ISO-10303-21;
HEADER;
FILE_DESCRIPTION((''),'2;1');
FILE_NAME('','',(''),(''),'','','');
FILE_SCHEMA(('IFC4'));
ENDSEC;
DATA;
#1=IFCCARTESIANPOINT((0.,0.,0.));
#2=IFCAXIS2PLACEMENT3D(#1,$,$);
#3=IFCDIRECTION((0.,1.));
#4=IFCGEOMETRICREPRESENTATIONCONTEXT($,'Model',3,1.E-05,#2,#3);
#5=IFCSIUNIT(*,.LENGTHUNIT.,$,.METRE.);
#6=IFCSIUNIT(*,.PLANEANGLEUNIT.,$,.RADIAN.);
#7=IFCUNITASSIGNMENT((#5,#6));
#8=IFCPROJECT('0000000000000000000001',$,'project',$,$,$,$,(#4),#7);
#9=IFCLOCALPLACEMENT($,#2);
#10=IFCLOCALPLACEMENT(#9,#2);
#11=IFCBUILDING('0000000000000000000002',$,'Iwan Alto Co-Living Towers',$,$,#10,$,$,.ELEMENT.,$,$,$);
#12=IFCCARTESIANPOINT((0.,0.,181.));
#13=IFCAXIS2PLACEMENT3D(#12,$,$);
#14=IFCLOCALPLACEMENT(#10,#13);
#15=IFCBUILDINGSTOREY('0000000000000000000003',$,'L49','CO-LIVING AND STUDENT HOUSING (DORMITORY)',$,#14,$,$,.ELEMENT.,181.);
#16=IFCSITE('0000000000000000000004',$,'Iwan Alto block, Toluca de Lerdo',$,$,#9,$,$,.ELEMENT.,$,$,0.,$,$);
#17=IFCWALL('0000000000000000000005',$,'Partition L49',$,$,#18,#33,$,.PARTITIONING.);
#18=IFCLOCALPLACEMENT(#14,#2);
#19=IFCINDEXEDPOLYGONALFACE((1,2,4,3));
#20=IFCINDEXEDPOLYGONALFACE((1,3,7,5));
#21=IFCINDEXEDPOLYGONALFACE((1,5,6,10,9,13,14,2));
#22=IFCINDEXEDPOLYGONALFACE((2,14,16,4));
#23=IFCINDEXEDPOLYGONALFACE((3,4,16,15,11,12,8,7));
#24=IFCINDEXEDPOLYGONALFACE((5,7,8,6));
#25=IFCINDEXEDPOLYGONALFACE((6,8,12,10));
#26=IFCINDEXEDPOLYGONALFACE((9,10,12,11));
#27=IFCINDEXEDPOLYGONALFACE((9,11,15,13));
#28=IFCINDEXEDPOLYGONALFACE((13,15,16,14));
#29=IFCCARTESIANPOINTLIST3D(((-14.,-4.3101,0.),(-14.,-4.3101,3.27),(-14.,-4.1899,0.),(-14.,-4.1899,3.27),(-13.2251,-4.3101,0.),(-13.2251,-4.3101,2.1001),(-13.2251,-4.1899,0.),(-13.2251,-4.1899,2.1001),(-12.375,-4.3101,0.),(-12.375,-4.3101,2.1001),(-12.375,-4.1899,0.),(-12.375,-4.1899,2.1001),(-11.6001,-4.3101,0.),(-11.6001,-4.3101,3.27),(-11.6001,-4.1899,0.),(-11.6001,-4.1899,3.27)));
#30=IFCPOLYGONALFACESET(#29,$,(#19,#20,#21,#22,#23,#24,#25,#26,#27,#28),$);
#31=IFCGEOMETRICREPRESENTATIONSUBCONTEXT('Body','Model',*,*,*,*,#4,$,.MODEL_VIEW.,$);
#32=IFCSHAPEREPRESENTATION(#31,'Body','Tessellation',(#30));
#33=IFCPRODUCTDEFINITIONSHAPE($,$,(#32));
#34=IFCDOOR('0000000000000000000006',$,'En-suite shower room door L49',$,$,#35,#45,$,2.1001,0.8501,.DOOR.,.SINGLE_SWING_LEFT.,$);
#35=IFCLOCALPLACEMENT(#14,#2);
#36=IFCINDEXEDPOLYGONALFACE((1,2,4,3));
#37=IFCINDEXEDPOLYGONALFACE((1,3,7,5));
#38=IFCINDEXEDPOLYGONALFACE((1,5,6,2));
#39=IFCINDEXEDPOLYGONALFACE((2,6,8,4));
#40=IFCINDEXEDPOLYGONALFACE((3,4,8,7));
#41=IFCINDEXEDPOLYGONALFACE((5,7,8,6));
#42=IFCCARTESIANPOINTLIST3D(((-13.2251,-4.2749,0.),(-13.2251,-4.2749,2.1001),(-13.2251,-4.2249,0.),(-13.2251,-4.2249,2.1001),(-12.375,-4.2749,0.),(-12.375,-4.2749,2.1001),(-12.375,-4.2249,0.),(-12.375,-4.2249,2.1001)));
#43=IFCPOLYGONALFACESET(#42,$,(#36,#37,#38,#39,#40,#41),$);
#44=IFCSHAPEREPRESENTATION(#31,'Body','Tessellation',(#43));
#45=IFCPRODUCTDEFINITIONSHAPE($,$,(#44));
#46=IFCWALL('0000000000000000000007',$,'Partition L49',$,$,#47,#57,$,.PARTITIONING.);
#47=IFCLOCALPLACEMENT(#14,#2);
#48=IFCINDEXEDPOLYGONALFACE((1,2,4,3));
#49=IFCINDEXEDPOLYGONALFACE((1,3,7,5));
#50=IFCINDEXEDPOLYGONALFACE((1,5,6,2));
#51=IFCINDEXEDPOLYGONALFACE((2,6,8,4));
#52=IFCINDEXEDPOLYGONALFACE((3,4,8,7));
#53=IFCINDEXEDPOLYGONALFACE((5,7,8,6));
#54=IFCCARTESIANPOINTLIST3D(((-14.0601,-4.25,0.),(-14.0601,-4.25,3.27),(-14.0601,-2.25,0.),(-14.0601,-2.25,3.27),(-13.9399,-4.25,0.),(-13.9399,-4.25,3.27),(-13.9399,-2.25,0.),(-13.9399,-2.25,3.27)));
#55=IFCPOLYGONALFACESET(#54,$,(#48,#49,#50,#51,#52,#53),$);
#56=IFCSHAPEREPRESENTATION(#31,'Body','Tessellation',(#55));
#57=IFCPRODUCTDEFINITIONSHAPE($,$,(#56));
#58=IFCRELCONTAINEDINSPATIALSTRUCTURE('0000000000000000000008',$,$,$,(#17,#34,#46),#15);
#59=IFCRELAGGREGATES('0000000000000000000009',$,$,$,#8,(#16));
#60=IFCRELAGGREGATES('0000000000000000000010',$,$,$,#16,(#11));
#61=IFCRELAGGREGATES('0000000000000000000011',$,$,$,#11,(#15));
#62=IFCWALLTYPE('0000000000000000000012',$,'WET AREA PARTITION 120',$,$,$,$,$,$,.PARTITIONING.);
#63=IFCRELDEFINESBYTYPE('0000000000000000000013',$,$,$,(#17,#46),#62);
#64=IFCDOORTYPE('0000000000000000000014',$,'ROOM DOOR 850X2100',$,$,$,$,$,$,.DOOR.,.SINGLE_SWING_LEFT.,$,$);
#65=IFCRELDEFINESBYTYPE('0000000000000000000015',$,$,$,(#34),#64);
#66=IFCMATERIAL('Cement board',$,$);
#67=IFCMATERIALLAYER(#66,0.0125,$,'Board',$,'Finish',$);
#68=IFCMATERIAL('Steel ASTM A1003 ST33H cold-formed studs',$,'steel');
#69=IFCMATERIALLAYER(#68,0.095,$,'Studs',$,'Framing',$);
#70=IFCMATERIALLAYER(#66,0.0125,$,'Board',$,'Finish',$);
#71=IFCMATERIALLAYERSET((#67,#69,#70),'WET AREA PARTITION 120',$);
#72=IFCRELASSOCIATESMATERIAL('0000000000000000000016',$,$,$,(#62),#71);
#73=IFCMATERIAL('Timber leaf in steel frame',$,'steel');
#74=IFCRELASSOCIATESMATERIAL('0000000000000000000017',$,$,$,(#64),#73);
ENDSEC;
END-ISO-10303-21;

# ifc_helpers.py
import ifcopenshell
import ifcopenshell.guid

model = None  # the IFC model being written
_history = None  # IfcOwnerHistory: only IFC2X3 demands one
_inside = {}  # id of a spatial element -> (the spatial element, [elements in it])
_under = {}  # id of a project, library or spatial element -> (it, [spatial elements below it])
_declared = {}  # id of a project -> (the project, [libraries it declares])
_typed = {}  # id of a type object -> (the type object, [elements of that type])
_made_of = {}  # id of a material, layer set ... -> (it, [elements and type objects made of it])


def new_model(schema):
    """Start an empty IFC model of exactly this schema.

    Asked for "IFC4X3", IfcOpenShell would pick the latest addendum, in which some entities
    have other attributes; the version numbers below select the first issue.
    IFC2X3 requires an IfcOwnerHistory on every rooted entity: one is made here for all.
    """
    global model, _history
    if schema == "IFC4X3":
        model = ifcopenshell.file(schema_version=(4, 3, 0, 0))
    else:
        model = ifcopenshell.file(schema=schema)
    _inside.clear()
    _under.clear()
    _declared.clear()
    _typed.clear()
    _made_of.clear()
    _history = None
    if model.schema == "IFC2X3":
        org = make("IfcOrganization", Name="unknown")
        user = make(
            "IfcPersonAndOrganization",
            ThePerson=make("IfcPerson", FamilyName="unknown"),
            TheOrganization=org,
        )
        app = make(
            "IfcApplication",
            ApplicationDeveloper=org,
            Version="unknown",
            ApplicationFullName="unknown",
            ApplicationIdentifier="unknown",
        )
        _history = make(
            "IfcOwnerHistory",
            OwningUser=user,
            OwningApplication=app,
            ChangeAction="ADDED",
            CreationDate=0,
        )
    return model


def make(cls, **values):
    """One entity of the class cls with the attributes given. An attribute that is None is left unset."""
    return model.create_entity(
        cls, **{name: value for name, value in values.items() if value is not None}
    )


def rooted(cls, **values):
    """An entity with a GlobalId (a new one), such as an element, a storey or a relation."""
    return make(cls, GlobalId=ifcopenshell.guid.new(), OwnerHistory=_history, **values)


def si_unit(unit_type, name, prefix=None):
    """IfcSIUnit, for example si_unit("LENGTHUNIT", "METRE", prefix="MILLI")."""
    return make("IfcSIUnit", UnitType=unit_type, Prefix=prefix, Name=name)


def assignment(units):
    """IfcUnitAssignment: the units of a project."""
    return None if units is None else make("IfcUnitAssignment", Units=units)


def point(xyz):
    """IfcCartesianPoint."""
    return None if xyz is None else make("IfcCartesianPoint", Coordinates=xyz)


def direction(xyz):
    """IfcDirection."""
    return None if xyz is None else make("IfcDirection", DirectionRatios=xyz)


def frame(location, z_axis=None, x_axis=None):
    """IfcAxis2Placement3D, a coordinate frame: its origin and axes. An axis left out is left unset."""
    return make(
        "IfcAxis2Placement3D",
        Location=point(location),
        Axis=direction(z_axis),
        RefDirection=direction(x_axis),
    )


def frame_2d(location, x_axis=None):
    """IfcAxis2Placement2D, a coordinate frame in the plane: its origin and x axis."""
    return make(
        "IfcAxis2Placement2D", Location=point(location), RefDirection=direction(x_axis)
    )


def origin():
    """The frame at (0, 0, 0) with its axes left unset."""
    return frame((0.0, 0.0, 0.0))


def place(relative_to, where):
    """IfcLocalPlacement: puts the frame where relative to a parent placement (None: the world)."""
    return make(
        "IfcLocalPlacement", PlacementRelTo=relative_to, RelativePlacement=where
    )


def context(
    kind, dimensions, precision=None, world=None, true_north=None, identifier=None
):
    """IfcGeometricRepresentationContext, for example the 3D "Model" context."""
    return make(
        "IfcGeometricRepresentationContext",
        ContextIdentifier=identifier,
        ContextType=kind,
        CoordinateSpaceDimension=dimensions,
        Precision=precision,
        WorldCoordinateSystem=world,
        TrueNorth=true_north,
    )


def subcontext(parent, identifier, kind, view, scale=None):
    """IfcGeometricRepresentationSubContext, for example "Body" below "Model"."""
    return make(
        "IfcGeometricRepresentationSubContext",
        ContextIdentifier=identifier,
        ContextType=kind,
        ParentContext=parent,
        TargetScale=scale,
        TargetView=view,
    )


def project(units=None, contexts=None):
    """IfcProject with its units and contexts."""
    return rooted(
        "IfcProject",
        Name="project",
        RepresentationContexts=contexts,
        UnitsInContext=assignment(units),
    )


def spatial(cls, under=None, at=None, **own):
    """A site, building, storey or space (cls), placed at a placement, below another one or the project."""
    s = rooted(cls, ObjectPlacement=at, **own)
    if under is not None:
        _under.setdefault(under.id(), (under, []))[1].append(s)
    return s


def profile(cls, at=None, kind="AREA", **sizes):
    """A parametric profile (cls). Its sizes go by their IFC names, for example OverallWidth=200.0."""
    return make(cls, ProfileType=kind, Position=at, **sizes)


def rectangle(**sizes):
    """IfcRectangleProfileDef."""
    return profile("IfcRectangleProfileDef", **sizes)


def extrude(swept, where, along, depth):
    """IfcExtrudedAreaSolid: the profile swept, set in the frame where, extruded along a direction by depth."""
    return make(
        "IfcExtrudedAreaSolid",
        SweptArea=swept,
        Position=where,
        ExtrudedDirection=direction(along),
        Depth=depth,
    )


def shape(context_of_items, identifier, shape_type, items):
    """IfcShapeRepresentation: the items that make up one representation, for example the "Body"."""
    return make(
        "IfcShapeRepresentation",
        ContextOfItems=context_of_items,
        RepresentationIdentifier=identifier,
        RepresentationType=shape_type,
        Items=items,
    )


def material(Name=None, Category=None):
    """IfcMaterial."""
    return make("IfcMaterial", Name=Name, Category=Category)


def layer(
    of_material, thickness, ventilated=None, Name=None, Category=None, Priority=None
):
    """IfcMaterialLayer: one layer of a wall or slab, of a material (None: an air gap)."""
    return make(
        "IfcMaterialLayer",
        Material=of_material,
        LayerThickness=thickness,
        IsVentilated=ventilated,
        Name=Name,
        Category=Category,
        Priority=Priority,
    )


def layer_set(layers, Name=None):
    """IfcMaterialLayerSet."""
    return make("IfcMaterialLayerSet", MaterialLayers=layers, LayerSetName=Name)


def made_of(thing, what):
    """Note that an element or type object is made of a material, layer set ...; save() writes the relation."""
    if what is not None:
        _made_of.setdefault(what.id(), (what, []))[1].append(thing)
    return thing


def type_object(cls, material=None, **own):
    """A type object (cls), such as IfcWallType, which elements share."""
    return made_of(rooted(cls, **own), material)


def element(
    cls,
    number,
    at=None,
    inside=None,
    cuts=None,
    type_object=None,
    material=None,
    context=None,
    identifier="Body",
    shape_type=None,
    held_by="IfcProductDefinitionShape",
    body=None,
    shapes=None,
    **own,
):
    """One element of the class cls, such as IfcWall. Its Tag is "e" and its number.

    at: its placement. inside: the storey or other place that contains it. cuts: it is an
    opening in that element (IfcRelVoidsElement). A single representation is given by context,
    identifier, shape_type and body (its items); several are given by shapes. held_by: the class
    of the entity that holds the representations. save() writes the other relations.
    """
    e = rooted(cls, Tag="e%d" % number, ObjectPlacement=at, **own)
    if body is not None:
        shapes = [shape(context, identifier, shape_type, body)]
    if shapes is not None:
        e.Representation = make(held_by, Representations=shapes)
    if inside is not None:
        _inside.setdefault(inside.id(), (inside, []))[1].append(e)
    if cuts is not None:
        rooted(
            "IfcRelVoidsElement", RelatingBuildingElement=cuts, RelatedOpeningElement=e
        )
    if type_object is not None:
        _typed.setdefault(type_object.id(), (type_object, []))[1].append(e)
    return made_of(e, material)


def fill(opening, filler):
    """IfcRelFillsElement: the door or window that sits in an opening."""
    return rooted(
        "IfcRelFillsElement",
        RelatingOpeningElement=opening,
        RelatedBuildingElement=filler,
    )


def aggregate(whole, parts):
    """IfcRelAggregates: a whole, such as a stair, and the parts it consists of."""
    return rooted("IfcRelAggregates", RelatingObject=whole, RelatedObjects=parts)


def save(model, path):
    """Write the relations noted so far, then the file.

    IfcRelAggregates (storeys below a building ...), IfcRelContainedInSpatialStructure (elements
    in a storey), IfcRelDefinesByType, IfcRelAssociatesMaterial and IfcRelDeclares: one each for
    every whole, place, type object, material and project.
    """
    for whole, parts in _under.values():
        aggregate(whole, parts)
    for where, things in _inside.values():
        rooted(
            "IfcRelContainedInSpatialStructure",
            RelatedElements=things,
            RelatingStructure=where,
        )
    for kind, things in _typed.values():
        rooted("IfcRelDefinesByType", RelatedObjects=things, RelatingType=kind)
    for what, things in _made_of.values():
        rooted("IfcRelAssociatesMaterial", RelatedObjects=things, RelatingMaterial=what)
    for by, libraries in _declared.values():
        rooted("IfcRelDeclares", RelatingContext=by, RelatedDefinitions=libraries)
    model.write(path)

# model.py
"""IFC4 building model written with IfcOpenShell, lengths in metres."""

from ifc_helpers import new_model, si_unit, direction, frame, frame_2d, origin, place, context, subcontext, project, spatial, rectangle, extrude, material, layer, layer_set, type_object, element, fill, save


model = new_model("IFC4")

# Units and contexts
model_context = context("Model", 3, precision=1e-05, world=origin(), true_north=direction((0.0, 1.0)))
body_context = subcontext(model_context, "Body", "Model", "MODEL_VIEW")
ifc_project = project(units=[si_unit("LENGTHUNIT", "METRE"), si_unit("PLANEANGLEUNIT", "RADIAN")], contexts=[model_context])

# Site, building, storey
site_placement = place(None, origin())
site = spatial("IfcSite", under=ifc_project, at=site_placement, Name="Iwan Alto block, Toluca de Lerdo", CompositionType="ELEMENT", RefElevation=0.0)
building_placement = place(site_placement, origin())
building = spatial("IfcBuilding", under=site, at=building_placement, Name="Iwan Alto Co-Living Towers", CompositionType="ELEMENT")
storey_placement = place(building_placement, frame((0.0, 0.0, 181.0)))
storey = spatial("IfcBuildingStorey", under=building, at=storey_placement, Name="L49", Description="CO-LIVING AND STUDENT HOUSING (DORMITORY)", CompositionType="ELEMENT", Elevation=181.0)

# Shared definitions
ifc_material_1 = material(Name="Steel ASTM A1003 ST33H cold-formed studs", Category="steel")

# Wall, opening, door
ifc_material_2 = material(Name="Cement board")
ifc_layer_1 = layer(ifc_material_2, 0.0125, Name="Board", Category="Finish")
ifc_layer_2 = layer(ifc_material_1, 0.095, Name="Studs", Category="Framing")
ifc_layer_3 = layer(ifc_material_2, 0.0125, Name="Board", Category="Finish")
ifc_layer_set_1 = layer_set([ifc_layer_1, ifc_layer_2, ifc_layer_3], Name="WET AREA PARTITION 120")
wall_type_1 = type_object("IfcWallType", Name="WET AREA PARTITION 120", PredefinedType="PARTITIONING", material=ifc_layer_set_1)
wall_1_placement = place(storey_placement, frame((-14.0, -4.25, 0.0), z_axis=(0.0, 0.0, 1.0), x_axis=(1.0, 0.0, 0.0)))
wall_1 = element("IfcWall", 1, at=wall_1_placement, inside=storey, type_object=wall_type_1, Name="Partition L49", PredefinedType="PARTITIONING", context=body_context, shape_type="SweptSolid", body=[
    extrude(rectangle(XDim=2.3999, YDim=0.1201, at=frame_2d((1.2, 0.0))), origin(), (0.0, 0.0, 1.0), 3.27),
])
opening_1_placement = place(wall_1_placement, frame((0.7749, 0.0, 0.0)))
opening_1 = element("IfcOpeningElement", 2, at=opening_1_placement, cuts=wall_1, PredefinedType="OPENING", context=body_context, shape_type="SweptSolid", body=[
    extrude(rectangle(XDim=0.8501, YDim=2.1001, at=frame_2d((0.425, 1.05))), frame((0.0, 0.0701, 0.0), z_axis=(0.0, -1.0, 0.0), x_axis=(1.0, 0.0, 0.0)), (0.0, 0.0, 1.0), 0.1401),
])
ifc_material_3 = material(Name="Timber leaf in steel frame", Category="steel")
door_type_1 = type_object("IfcDoorType", Name="ROOM DOOR 850X2100", OperationType="SINGLE_SWING_LEFT", PredefinedType="DOOR", material=ifc_material_3)
door_1_placement = place(opening_1_placement, frame((0.8501, 0.0, 0.0), z_axis=(0.0, 0.0, 1.0), x_axis=(-1.0, 0.0, 0.0)))
door_1 = element("IfcDoor", 3, at=door_1_placement, inside=storey, type_object=door_type_1, Name="En-suite shower room door L49", OperationType="SINGLE_SWING_LEFT", OverallHeight=2.1001, OverallWidth=0.8501, PredefinedType="DOOR", context=body_context, shape_type="SweptSolid", body=[
    extrude(rectangle(XDim=0.8501, YDim=2.1001, at=frame_2d((0.425, 1.05))), frame((0.0, 0.0249, 0.0), z_axis=(0.0, -1.0, 0.0), x_axis=(1.0, 0.0, 0.0)), (0.0, 0.0, 1.0), 0.05),
])
fill(opening_1, door_1)

# Wall
wall_2_placement = place(storey_placement, frame((-14.0, -4.25, 0.0), z_axis=(0.0, 0.0, 1.0), x_axis=(0.0, 1.0, 0.0)))
element("IfcWall", 4, at=wall_2_placement, inside=storey, type_object=wall_type_1, Name="Partition L49", PredefinedType="PARTITIONING", context=body_context, shape_type="SweptSolid", body=[
    extrude(rectangle(XDim=2.0, YDim=0.1201, at=frame_2d((1.0, 0.0))), origin(), (0.0, 0.0, 1.0), 3.27),
])

save(model, "model.ifc")
